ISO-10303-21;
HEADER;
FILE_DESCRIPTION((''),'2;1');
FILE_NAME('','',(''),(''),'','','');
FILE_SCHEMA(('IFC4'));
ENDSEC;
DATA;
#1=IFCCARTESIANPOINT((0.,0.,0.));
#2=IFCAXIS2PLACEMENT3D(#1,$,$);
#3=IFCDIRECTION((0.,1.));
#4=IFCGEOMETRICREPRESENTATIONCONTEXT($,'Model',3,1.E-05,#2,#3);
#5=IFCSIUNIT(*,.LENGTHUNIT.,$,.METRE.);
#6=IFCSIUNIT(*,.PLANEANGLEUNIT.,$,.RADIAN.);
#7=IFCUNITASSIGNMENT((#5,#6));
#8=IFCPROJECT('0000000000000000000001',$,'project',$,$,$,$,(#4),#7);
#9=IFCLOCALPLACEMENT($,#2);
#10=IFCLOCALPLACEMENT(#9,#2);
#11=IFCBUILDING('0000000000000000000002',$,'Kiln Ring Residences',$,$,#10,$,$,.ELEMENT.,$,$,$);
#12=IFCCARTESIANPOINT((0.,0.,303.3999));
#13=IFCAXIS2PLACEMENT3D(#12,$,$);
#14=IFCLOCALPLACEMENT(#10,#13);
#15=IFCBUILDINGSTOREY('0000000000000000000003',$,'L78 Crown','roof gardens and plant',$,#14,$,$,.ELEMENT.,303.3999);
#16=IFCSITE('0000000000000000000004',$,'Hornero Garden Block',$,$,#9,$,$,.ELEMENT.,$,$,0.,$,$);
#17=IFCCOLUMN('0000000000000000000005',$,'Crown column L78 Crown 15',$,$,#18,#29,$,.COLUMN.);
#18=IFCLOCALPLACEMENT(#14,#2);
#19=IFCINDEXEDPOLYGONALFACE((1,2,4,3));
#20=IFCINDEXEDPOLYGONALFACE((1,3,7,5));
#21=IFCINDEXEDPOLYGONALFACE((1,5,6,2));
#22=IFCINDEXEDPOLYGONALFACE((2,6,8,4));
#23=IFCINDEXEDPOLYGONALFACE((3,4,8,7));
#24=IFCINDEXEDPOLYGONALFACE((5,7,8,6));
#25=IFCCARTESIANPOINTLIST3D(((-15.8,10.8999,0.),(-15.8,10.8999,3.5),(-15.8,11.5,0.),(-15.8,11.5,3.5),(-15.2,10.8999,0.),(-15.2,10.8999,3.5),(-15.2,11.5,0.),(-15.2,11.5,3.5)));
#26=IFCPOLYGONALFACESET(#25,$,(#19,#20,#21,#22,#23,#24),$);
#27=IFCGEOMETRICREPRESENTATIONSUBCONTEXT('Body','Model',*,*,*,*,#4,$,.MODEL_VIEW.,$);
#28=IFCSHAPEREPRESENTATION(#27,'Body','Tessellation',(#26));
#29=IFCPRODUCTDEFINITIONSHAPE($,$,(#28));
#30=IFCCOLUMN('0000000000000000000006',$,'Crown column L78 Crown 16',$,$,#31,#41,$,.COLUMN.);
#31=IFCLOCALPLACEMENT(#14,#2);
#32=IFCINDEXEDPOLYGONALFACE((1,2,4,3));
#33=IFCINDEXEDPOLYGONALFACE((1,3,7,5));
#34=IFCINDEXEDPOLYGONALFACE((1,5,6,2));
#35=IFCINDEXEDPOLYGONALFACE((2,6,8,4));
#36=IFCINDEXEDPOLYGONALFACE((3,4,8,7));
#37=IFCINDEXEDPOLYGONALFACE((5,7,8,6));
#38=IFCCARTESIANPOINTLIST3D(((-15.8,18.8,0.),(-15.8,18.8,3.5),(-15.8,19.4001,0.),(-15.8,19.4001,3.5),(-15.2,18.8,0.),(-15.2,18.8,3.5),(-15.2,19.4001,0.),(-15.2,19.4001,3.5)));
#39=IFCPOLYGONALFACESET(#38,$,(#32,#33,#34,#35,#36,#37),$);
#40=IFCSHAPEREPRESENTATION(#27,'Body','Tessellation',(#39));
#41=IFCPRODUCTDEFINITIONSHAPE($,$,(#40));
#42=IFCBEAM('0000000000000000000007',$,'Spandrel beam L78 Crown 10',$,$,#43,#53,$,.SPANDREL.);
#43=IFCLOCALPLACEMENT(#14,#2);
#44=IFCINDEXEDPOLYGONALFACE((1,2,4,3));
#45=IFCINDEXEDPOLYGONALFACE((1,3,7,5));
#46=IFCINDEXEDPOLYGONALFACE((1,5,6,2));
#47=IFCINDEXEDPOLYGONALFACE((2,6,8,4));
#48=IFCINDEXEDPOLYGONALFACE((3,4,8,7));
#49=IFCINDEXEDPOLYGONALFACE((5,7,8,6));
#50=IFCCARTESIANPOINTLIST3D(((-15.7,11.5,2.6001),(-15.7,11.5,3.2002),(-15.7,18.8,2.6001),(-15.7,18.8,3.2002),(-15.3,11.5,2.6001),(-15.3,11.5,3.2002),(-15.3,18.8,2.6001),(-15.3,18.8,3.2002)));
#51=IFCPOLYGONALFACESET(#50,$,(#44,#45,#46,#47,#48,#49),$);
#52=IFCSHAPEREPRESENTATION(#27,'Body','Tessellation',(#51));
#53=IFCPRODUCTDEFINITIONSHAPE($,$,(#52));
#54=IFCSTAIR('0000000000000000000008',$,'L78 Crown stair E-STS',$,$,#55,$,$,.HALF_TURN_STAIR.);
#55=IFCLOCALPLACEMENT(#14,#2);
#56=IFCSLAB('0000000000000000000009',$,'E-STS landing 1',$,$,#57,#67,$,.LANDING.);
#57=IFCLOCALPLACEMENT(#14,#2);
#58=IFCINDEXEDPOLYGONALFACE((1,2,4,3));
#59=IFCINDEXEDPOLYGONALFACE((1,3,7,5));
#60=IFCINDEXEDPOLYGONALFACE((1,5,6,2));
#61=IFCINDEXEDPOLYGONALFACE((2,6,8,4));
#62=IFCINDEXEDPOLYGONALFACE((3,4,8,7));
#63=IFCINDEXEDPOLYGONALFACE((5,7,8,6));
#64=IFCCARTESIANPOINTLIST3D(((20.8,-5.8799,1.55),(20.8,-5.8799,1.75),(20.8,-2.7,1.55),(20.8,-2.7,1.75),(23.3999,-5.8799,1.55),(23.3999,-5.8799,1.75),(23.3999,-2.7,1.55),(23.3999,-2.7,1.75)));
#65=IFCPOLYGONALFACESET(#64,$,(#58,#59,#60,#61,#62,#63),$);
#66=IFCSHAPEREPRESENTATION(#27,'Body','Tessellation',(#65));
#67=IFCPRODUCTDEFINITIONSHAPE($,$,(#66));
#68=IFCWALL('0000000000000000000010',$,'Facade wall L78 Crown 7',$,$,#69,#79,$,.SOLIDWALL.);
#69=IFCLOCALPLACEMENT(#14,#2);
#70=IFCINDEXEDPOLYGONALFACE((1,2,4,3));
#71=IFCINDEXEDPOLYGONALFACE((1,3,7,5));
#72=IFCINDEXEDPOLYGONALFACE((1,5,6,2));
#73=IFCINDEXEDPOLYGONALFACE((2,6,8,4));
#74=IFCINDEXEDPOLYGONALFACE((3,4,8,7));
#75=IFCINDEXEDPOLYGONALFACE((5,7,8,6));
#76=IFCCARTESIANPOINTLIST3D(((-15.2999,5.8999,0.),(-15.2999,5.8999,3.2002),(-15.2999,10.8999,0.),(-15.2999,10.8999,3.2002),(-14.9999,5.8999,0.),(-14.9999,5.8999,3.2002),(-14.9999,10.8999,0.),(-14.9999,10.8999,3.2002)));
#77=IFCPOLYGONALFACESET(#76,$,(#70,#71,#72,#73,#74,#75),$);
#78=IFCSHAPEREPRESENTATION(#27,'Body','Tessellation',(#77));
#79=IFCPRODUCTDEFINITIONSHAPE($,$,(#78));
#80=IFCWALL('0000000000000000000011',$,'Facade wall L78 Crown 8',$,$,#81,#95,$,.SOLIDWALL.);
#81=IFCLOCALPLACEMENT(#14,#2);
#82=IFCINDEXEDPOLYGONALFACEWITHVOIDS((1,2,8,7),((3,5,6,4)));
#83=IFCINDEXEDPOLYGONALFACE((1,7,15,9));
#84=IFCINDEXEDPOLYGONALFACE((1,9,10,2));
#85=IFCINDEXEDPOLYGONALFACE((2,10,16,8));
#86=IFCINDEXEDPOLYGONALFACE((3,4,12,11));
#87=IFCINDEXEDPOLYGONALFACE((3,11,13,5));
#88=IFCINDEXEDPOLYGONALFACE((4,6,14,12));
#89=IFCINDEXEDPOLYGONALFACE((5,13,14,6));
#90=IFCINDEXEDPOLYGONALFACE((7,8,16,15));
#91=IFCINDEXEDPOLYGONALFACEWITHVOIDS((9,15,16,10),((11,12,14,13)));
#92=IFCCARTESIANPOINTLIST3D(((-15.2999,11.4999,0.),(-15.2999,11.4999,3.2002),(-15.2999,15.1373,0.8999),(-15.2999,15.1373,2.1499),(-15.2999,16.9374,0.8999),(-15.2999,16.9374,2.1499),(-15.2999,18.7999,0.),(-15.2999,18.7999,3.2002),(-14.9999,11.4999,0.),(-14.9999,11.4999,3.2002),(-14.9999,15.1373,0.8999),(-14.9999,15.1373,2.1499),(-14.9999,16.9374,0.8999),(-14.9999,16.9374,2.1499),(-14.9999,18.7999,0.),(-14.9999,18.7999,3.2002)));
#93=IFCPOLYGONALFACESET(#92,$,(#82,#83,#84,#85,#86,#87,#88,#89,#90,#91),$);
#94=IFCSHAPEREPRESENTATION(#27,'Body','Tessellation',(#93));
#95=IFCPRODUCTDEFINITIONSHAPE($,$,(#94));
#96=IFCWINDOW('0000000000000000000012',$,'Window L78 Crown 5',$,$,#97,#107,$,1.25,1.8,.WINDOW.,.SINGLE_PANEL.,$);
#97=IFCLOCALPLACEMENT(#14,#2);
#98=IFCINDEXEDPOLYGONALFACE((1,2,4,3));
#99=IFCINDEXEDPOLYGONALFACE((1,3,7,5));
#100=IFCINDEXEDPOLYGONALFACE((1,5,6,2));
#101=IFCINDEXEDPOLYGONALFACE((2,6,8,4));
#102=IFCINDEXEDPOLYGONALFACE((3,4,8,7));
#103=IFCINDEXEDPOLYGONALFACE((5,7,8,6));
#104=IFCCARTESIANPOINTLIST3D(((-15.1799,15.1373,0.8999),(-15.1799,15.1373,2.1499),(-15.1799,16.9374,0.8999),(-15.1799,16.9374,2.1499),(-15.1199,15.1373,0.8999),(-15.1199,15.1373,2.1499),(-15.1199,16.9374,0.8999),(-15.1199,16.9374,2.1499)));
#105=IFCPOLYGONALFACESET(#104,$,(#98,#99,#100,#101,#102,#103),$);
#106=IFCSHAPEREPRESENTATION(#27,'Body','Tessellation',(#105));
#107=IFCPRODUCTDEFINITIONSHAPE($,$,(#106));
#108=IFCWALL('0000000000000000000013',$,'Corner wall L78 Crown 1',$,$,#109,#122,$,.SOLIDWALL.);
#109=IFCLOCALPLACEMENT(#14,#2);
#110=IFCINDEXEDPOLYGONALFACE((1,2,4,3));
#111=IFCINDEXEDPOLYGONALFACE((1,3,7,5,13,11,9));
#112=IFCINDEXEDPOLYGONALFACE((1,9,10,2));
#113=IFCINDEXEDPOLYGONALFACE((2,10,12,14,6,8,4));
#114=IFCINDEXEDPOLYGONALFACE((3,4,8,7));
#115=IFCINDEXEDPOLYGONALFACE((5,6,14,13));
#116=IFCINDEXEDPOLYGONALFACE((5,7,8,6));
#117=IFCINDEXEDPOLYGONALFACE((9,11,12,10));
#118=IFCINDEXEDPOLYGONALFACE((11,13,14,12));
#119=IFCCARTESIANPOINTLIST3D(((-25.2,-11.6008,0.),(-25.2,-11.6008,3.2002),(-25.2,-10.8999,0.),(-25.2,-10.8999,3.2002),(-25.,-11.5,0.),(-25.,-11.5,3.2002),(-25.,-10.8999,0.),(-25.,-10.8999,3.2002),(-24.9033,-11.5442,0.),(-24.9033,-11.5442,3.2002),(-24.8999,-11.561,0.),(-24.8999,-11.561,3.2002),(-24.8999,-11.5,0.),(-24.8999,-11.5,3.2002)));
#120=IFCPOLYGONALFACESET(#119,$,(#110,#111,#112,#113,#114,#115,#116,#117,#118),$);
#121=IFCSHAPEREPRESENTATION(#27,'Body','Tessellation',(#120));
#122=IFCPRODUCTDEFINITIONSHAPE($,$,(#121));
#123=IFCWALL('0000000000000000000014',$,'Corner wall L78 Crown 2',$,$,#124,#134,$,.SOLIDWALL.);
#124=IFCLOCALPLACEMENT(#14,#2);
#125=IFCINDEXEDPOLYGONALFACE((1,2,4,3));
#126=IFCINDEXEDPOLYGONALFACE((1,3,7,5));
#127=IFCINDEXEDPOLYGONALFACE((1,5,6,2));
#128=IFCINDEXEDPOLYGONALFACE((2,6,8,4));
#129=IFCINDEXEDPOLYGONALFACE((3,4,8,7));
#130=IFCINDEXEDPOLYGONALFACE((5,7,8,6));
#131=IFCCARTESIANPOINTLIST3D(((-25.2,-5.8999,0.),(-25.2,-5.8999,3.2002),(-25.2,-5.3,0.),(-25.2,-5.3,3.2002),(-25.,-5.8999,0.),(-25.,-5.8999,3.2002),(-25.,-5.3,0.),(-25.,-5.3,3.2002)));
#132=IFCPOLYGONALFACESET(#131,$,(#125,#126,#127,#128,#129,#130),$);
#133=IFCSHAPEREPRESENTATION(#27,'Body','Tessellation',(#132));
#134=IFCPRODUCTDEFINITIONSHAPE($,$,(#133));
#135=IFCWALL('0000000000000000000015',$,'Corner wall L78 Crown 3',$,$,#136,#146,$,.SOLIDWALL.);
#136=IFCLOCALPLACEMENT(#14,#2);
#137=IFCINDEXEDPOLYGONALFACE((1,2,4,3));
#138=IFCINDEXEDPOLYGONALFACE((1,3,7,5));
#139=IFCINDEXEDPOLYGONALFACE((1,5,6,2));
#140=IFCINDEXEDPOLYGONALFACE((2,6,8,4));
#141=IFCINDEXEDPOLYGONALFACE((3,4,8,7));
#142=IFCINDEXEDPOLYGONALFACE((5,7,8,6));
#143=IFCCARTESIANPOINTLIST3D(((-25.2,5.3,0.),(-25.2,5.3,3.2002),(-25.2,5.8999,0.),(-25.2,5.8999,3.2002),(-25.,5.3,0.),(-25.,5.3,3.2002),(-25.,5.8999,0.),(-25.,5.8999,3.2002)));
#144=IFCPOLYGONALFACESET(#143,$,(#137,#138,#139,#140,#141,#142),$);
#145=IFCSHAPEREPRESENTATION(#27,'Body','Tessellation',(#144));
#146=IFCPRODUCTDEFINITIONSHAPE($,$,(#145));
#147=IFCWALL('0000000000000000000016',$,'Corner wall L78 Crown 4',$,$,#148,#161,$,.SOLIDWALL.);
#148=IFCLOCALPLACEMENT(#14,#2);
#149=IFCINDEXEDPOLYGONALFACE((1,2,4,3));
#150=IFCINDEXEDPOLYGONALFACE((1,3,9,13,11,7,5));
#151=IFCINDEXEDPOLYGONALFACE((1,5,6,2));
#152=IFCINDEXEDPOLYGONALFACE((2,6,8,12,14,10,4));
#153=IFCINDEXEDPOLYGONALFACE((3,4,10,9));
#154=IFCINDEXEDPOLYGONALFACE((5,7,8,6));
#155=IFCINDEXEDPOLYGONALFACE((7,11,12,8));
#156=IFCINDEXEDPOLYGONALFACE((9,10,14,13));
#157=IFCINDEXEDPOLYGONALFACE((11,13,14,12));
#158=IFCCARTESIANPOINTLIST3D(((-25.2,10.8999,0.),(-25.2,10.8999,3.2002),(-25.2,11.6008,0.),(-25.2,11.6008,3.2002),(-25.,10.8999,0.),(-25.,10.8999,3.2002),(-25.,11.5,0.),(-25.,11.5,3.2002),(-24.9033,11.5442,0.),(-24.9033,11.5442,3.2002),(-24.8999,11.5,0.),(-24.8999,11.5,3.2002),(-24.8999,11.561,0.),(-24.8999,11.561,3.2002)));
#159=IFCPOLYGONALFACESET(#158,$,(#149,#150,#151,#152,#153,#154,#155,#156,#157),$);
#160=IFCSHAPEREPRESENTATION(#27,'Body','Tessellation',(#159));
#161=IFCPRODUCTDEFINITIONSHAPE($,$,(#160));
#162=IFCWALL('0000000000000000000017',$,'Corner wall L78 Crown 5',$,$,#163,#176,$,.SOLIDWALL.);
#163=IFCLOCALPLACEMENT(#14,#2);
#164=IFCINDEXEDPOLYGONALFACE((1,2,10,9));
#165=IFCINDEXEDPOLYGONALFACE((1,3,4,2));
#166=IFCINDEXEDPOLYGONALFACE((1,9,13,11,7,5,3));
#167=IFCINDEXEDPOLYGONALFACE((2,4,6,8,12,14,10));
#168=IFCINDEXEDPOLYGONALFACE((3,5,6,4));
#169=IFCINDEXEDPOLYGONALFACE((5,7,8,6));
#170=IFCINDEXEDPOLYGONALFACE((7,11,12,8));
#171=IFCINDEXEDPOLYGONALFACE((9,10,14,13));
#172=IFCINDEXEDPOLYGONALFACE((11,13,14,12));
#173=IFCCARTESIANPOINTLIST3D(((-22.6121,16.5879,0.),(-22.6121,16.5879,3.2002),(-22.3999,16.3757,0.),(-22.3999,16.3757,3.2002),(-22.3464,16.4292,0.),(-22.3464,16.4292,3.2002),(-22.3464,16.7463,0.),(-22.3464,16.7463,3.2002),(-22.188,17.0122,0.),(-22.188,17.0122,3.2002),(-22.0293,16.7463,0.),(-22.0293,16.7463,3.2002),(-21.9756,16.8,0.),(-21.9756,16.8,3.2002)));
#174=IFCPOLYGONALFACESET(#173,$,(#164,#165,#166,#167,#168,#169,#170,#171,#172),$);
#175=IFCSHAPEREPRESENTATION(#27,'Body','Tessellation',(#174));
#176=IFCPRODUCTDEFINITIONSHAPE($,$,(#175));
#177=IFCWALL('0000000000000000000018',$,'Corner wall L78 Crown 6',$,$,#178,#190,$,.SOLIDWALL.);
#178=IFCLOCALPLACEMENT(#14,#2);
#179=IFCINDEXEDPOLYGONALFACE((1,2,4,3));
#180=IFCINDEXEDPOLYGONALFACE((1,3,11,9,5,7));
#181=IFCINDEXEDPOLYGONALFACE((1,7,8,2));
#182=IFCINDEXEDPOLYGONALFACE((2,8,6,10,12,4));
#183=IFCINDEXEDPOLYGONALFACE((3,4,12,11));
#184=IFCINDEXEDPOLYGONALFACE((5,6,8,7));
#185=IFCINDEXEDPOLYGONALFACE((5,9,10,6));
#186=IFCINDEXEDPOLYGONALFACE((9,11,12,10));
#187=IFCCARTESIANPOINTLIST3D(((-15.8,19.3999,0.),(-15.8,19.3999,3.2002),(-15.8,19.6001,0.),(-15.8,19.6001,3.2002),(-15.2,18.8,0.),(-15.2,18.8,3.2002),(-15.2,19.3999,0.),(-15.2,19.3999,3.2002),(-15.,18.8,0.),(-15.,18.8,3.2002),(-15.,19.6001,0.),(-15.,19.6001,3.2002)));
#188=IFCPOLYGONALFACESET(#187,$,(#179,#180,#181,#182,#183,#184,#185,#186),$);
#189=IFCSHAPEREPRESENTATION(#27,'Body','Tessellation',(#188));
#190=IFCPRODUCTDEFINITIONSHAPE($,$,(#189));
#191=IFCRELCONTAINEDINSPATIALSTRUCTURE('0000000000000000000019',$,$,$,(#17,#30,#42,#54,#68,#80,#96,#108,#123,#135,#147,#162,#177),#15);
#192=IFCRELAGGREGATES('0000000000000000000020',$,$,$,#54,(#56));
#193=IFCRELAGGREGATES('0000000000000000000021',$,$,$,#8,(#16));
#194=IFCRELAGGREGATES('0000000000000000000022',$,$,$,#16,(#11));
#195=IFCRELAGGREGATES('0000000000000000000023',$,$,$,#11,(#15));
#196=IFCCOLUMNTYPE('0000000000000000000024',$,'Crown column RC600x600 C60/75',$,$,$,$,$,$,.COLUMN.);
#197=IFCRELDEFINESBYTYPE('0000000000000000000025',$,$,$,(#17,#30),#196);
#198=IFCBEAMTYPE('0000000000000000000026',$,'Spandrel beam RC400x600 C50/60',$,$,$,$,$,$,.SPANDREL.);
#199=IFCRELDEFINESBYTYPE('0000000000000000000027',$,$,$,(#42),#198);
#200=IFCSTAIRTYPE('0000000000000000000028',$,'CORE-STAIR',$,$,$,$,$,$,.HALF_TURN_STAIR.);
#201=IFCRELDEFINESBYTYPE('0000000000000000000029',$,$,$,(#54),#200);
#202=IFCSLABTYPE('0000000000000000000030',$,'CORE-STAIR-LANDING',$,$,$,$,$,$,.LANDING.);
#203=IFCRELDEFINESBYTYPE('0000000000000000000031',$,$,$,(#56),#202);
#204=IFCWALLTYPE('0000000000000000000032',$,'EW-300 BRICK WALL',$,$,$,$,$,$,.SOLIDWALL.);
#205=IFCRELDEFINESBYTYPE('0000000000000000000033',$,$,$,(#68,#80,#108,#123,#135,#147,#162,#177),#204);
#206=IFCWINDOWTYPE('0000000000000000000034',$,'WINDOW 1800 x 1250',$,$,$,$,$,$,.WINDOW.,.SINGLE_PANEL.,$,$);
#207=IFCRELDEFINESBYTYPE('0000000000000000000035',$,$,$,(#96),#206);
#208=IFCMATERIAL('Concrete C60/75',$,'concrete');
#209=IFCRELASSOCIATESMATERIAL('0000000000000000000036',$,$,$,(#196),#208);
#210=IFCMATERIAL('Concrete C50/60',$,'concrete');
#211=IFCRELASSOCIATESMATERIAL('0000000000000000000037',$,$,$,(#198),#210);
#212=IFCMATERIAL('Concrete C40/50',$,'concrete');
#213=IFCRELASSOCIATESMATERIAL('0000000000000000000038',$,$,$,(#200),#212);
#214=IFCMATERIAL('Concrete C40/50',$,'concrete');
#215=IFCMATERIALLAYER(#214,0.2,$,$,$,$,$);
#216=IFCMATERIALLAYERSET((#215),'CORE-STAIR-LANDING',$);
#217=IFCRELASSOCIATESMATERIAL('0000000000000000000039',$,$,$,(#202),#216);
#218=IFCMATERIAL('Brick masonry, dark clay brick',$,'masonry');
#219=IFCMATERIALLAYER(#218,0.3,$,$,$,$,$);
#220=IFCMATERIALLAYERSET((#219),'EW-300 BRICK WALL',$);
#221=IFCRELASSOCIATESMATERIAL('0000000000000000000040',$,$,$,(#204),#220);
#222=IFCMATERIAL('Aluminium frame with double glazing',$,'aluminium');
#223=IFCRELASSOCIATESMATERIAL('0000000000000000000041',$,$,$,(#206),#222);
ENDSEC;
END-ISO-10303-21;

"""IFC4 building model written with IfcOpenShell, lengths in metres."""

from ifc_helpers import new_model, si_unit, direction, frame, frame_2d, origin, origin_2d, place, context, subcontext, project, spatial, polyline, rectangle, outline, extrude, material, layer, layer_set, material_profile, profile_set, type_object, element, fill, aggregate, save


model = new_model("IFC4")

# Units and contexts
model_context = context("Model", 3, precision=1e-05, world=origin(), true_north=direction((0.0, 1.0)))
body_context = subcontext(model_context, "Body", "Model", "MODEL_VIEW")
ifc_project = project(units=[si_unit("LENGTHUNIT", "METRE"), si_unit("PLANEANGLEUNIT", "RADIAN")], contexts=[model_context])

# Site, building, storey
site_placement = place(None, origin())
site = spatial("IfcSite", under=ifc_project, at=site_placement, Name="Hornero Garden Block", CompositionType="ELEMENT", RefElevation=0.0)
building_placement = place(site_placement, origin())
building = spatial("IfcBuilding", under=site, at=building_placement, Name="Kiln Ring Residences", CompositionType="ELEMENT")
storey_placement = place(building_placement, frame((0.0, 0.0, 303.3999)))
storey = spatial("IfcBuildingStorey", under=building, at=storey_placement, Name="L78 Crown", Description="roof gardens and plant", CompositionType="ELEMENT", Elevation=303.3999)

# Columns
ifc_material_1 = material(Name="Concrete C60/75", Category="concrete")
ifc_material_profile_1 = material_profile(ifc_material_1, rectangle(XDim=0.6001, YDim=0.6001, at=origin_2d()), Name="RC600x600")
ifc_profile_set_1 = profile_set([ifc_material_profile_1], Name="Concrete C60/75")
column_type = type_object("IfcColumnType", Name="Crown column RC600x600 C60/75", PredefinedType="COLUMN", material=ifc_profile_set_1)
for number, where, z_axis, x_axis, name in (
    (1, (-15.5, 11.2, 0.0), (0.0, 0.0, 1.0), (1.0, 0.0, 0.0), "Crown column L78 Crown 15"),
    (2, (-15.5, 19.1001, 0.0), (0.0, 0.0, 1.0), (1.0, 0.0, 0.0), "Crown column L78 Crown 16"),
):
    element("IfcColumn", number, at=place(storey_placement, frame(where, z_axis=z_axis, x_axis=x_axis)), inside=storey, type_object=column_type, Name=name, PredefinedType="COLUMN", context=body_context, shape_type="SweptSolid", body=[
        extrude(rectangle(XDim=0.6001, YDim=0.6001, at=origin_2d()), origin(), (0.0, 0.0, 1.0), 3.5),
    ])

# Beam
ifc_material_2 = material(Name="Concrete C50/60", Category="concrete")
ifc_material_profile_2 = material_profile(ifc_material_2, rectangle(XDim=0.3999, YDim=0.6001, at=origin_2d()), Name="RC400x600")
ifc_profile_set_2 = profile_set([ifc_material_profile_2], Name="Concrete C50/60")
beam_type = type_object("IfcBeamType", Name="Spandrel beam RC400x600 C50/60", PredefinedType="SPANDREL", material=ifc_profile_set_2)
beam_placement = place(storey_placement, frame((-15.5, 11.5, 2.9001), z_axis=(0.0, 1.0, 0.0), x_axis=(-1.0, 0.0, 0.0)))
element("IfcBeam", 3, at=beam_placement, inside=storey, type_object=beam_type, Name="Spandrel beam L78 Crown 10", PredefinedType="SPANDREL", context=body_context, shape_type="SweptSolid", body=[
    extrude(rectangle(XDim=0.3999, YDim=0.6001, at=origin_2d()), origin(), (0.0, 0.0, 1.0), 7.3),
])

# Stair, slab
ifc_material_3 = material(Name="Concrete C40/50", Category="concrete")
stair_type = type_object("IfcStairType", Name="CORE-STAIR", PredefinedType="HALF_TURN_STAIR", material=ifc_material_3)
placement = place(storey_placement, origin())
stair = element("IfcStair", 4, at=placement, inside=storey, type_object=stair_type, Name="L78 Crown stair E-STS", PredefinedType="HALF_TURN_STAIR")
ifc_material_4 = material(Name="Concrete C40/50", Category="concrete")
ifc_layer_1 = layer(ifc_material_4, 0.2)
ifc_layer_set_1 = layer_set([ifc_layer_1], Name="CORE-STAIR-LANDING")
slab_type = type_object("IfcSlabType", Name="CORE-STAIR-LANDING", PredefinedType="LANDING", material=ifc_layer_set_1)
slab_placement = place(storey_placement, frame((0.0, 0.0, 1.55)))
slab = element("IfcSlab", 5, at=slab_placement, type_object=slab_type, Name="E-STS landing 1", PredefinedType="LANDING", context=body_context, shape_type="SweptSolid", body=[
    extrude(outline(polyline([(23.3999, -5.8799), (23.3999, -2.7), (20.8, -2.7), (20.8, -5.8799), (23.3999, -5.8799)])), origin(), (0.0, 0.0, 1.0), 0.2),
])
aggregate(stair, [slab])

# Wall
ifc_material_5 = material(Name="Brick masonry, dark clay brick", Category="masonry")
ifc_layer_2 = layer(ifc_material_5, 0.3)
ifc_layer_set_2 = layer_set([ifc_layer_2], Name="EW-300 BRICK WALL")
wall_type = type_object("IfcWallType", Name="EW-300 BRICK WALL", PredefinedType="SOLIDWALL", material=ifc_layer_set_2)
wall_1_placement = place(storey_placement, frame((-15.1499, 5.8999, 0.0), z_axis=(0.0, 0.0, 1.0), x_axis=(0.0, 1.0, 0.0)))
element("IfcWall", 6, at=wall_1_placement, inside=storey, type_object=wall_type, Name="Facade wall L78 Crown 7", PredefinedType="SOLIDWALL", context=body_context, shape_type="SweptSolid", body=[
    extrude(rectangle(XDim=5.0, YDim=0.3, at=frame_2d((2.5, 0.0))), origin(), (0.0, 0.0, 1.0), 3.2002),
])

# Wall, opening, window
wall_2_placement = place(storey_placement, frame((-15.1499, 11.5, 0.0), z_axis=(0.0, 0.0, 1.0), x_axis=(0.0, 1.0, 0.0)))
wall_2 = element("IfcWall", 7, at=wall_2_placement, inside=storey, type_object=wall_type, Name="Facade wall L78 Crown 8", PredefinedType="SOLIDWALL", context=body_context, shape_type="SweptSolid", body=[
    extrude(rectangle(XDim=7.3, YDim=0.3, at=frame_2d((3.6499, 0.0))), origin(), (0.0, 0.0, 1.0), 3.2002),
])
opening_placement = place(wall_2_placement, frame((3.6375, 0.0, 0.8999)))
opening = element("IfcOpeningElement", 8, at=opening_placement, cuts=wall_2, PredefinedType="OPENING", context=body_context, shape_type="SweptSolid", body=[
    extrude(rectangle(XDim=1.8, YDim=1.25, at=frame_2d((0.8999, 0.625))), frame((0.0, 0.1599, 0.0), z_axis=(0.0, -1.0, 0.0), x_axis=(1.0, 0.0, 0.0)), (0.0, 0.0, 1.0), 0.3201),
])
ifc_material_6 = material(Name="Aluminium frame with double glazing", Category="aluminium")
window_type = type_object("IfcWindowType", Name="WINDOW 1800 x 1250", PartitioningType="SINGLE_PANEL", PredefinedType="WINDOW", material=ifc_material_6)
window_placement = place(opening_placement, origin())
window = element("IfcWindow", 9, at=window_placement, inside=storey, type_object=window_type, Name="Window L78 Crown 5", OverallHeight=1.25, OverallWidth=1.8, PartitioningType="SINGLE_PANEL", PredefinedType="WINDOW", context=body_context, shape_type="SweptSolid", body=[
    extrude(rectangle(XDim=1.8, YDim=1.25, at=frame_2d((0.8999, 0.625))), frame((0.0, 0.03, 0.0), z_axis=(0.0, -1.0, 0.0), x_axis=(1.0, 0.0, 0.0)), (0.0, 0.0, 1.0), 0.0601),
])
fill(opening, window)

# Walls
element("IfcWall", 10, at=placement, inside=storey, type_object=wall_type, Name="Corner wall L78 Crown 1", PredefinedType="SOLIDWALL", context=body_context, shape_type="SweptSolid", body=[
    extrude(outline(polyline([(-25.2, -10.8999), (-25.2, -11.6008), (-24.9033, -11.5442), (-24.8999, -11.561), (-24.8999, -11.5), (-25.0, -11.5), (-25.0, -10.8999), (-25.2, -10.8999)])), origin(), (0.0, 0.0, 1.0), 3.2002),
])
element("IfcWall", 11, at=placement, inside=storey, type_object=wall_type, Name="Corner wall L78 Crown 2", PredefinedType="SOLIDWALL", context=body_context, shape_type="SweptSolid", body=[
    extrude(outline(polyline([(-25.0, -5.3), (-25.2, -5.3), (-25.2, -5.8999), (-24.8999, -5.8999), (-25.0, -5.8999), (-25.0, -5.3)])), origin(), (0.0, 0.0, 1.0), 3.2002),
])
element("IfcWall", 12, at=placement, inside=storey, type_object=wall_type, Name="Corner wall L78 Crown 3", PredefinedType="SOLIDWALL", context=body_context, shape_type="SweptSolid", body=[
    extrude(outline(polyline([(-25.0, 5.8999), (-25.2, 5.8999), (-25.2, 5.3), (-25.0, 5.3), (-25.0, 5.8999)])), origin(), (0.0, 0.0, 1.0), 3.2002),
])
element("IfcWall", 13, at=placement, inside=storey, type_object=wall_type, Name="Corner wall L78 Crown 4", PredefinedType="SOLIDWALL", context=body_context, shape_type="SweptSolid", body=[
    extrude(outline(polyline([(-25.2, 11.6008), (-25.2, 10.8999), (-25.0, 10.8999), (-25.0, 11.5), (-24.8999, 11.5), (-24.8999, 11.561), (-24.9033, 11.5442), (-25.2, 11.6008)])), origin(), (0.0, 0.0, 1.0), 3.2002),
])
element("IfcWall", 14, at=placement, inside=storey, type_object=wall_type, Name="Corner wall L78 Crown 5", PredefinedType="SOLIDWALL", context=body_context, shape_type="SweptSolid", body=[
    extrude(outline(polyline([(-21.9756, 16.8), (-22.188, 17.0122), (-22.6121, 16.5879), (-22.3999, 16.3757), (-22.3464, 16.4292), (-22.3464, 16.7463), (-22.0293, 16.7463), (-21.9756, 16.8)])), origin(), (0.0, 0.0, 1.0), 3.2002),
])
element("IfcWall", 15, at=placement, inside=storey, type_object=wall_type, Name="Corner wall L78 Crown 6", PredefinedType="SOLIDWALL", context=body_context, shape_type="SweptSolid", body=[
    extrude(outline(polyline([(-15.0, 18.8), (-15.0, 19.6001), (-15.8, 19.6001), (-15.8, 19.3999), (-15.2, 19.3999), (-15.2, 18.8), (-15.0, 18.8)])), origin(), (0.0, 0.0, 1.0), 3.2002),
])

save(model, "model.ifc")
